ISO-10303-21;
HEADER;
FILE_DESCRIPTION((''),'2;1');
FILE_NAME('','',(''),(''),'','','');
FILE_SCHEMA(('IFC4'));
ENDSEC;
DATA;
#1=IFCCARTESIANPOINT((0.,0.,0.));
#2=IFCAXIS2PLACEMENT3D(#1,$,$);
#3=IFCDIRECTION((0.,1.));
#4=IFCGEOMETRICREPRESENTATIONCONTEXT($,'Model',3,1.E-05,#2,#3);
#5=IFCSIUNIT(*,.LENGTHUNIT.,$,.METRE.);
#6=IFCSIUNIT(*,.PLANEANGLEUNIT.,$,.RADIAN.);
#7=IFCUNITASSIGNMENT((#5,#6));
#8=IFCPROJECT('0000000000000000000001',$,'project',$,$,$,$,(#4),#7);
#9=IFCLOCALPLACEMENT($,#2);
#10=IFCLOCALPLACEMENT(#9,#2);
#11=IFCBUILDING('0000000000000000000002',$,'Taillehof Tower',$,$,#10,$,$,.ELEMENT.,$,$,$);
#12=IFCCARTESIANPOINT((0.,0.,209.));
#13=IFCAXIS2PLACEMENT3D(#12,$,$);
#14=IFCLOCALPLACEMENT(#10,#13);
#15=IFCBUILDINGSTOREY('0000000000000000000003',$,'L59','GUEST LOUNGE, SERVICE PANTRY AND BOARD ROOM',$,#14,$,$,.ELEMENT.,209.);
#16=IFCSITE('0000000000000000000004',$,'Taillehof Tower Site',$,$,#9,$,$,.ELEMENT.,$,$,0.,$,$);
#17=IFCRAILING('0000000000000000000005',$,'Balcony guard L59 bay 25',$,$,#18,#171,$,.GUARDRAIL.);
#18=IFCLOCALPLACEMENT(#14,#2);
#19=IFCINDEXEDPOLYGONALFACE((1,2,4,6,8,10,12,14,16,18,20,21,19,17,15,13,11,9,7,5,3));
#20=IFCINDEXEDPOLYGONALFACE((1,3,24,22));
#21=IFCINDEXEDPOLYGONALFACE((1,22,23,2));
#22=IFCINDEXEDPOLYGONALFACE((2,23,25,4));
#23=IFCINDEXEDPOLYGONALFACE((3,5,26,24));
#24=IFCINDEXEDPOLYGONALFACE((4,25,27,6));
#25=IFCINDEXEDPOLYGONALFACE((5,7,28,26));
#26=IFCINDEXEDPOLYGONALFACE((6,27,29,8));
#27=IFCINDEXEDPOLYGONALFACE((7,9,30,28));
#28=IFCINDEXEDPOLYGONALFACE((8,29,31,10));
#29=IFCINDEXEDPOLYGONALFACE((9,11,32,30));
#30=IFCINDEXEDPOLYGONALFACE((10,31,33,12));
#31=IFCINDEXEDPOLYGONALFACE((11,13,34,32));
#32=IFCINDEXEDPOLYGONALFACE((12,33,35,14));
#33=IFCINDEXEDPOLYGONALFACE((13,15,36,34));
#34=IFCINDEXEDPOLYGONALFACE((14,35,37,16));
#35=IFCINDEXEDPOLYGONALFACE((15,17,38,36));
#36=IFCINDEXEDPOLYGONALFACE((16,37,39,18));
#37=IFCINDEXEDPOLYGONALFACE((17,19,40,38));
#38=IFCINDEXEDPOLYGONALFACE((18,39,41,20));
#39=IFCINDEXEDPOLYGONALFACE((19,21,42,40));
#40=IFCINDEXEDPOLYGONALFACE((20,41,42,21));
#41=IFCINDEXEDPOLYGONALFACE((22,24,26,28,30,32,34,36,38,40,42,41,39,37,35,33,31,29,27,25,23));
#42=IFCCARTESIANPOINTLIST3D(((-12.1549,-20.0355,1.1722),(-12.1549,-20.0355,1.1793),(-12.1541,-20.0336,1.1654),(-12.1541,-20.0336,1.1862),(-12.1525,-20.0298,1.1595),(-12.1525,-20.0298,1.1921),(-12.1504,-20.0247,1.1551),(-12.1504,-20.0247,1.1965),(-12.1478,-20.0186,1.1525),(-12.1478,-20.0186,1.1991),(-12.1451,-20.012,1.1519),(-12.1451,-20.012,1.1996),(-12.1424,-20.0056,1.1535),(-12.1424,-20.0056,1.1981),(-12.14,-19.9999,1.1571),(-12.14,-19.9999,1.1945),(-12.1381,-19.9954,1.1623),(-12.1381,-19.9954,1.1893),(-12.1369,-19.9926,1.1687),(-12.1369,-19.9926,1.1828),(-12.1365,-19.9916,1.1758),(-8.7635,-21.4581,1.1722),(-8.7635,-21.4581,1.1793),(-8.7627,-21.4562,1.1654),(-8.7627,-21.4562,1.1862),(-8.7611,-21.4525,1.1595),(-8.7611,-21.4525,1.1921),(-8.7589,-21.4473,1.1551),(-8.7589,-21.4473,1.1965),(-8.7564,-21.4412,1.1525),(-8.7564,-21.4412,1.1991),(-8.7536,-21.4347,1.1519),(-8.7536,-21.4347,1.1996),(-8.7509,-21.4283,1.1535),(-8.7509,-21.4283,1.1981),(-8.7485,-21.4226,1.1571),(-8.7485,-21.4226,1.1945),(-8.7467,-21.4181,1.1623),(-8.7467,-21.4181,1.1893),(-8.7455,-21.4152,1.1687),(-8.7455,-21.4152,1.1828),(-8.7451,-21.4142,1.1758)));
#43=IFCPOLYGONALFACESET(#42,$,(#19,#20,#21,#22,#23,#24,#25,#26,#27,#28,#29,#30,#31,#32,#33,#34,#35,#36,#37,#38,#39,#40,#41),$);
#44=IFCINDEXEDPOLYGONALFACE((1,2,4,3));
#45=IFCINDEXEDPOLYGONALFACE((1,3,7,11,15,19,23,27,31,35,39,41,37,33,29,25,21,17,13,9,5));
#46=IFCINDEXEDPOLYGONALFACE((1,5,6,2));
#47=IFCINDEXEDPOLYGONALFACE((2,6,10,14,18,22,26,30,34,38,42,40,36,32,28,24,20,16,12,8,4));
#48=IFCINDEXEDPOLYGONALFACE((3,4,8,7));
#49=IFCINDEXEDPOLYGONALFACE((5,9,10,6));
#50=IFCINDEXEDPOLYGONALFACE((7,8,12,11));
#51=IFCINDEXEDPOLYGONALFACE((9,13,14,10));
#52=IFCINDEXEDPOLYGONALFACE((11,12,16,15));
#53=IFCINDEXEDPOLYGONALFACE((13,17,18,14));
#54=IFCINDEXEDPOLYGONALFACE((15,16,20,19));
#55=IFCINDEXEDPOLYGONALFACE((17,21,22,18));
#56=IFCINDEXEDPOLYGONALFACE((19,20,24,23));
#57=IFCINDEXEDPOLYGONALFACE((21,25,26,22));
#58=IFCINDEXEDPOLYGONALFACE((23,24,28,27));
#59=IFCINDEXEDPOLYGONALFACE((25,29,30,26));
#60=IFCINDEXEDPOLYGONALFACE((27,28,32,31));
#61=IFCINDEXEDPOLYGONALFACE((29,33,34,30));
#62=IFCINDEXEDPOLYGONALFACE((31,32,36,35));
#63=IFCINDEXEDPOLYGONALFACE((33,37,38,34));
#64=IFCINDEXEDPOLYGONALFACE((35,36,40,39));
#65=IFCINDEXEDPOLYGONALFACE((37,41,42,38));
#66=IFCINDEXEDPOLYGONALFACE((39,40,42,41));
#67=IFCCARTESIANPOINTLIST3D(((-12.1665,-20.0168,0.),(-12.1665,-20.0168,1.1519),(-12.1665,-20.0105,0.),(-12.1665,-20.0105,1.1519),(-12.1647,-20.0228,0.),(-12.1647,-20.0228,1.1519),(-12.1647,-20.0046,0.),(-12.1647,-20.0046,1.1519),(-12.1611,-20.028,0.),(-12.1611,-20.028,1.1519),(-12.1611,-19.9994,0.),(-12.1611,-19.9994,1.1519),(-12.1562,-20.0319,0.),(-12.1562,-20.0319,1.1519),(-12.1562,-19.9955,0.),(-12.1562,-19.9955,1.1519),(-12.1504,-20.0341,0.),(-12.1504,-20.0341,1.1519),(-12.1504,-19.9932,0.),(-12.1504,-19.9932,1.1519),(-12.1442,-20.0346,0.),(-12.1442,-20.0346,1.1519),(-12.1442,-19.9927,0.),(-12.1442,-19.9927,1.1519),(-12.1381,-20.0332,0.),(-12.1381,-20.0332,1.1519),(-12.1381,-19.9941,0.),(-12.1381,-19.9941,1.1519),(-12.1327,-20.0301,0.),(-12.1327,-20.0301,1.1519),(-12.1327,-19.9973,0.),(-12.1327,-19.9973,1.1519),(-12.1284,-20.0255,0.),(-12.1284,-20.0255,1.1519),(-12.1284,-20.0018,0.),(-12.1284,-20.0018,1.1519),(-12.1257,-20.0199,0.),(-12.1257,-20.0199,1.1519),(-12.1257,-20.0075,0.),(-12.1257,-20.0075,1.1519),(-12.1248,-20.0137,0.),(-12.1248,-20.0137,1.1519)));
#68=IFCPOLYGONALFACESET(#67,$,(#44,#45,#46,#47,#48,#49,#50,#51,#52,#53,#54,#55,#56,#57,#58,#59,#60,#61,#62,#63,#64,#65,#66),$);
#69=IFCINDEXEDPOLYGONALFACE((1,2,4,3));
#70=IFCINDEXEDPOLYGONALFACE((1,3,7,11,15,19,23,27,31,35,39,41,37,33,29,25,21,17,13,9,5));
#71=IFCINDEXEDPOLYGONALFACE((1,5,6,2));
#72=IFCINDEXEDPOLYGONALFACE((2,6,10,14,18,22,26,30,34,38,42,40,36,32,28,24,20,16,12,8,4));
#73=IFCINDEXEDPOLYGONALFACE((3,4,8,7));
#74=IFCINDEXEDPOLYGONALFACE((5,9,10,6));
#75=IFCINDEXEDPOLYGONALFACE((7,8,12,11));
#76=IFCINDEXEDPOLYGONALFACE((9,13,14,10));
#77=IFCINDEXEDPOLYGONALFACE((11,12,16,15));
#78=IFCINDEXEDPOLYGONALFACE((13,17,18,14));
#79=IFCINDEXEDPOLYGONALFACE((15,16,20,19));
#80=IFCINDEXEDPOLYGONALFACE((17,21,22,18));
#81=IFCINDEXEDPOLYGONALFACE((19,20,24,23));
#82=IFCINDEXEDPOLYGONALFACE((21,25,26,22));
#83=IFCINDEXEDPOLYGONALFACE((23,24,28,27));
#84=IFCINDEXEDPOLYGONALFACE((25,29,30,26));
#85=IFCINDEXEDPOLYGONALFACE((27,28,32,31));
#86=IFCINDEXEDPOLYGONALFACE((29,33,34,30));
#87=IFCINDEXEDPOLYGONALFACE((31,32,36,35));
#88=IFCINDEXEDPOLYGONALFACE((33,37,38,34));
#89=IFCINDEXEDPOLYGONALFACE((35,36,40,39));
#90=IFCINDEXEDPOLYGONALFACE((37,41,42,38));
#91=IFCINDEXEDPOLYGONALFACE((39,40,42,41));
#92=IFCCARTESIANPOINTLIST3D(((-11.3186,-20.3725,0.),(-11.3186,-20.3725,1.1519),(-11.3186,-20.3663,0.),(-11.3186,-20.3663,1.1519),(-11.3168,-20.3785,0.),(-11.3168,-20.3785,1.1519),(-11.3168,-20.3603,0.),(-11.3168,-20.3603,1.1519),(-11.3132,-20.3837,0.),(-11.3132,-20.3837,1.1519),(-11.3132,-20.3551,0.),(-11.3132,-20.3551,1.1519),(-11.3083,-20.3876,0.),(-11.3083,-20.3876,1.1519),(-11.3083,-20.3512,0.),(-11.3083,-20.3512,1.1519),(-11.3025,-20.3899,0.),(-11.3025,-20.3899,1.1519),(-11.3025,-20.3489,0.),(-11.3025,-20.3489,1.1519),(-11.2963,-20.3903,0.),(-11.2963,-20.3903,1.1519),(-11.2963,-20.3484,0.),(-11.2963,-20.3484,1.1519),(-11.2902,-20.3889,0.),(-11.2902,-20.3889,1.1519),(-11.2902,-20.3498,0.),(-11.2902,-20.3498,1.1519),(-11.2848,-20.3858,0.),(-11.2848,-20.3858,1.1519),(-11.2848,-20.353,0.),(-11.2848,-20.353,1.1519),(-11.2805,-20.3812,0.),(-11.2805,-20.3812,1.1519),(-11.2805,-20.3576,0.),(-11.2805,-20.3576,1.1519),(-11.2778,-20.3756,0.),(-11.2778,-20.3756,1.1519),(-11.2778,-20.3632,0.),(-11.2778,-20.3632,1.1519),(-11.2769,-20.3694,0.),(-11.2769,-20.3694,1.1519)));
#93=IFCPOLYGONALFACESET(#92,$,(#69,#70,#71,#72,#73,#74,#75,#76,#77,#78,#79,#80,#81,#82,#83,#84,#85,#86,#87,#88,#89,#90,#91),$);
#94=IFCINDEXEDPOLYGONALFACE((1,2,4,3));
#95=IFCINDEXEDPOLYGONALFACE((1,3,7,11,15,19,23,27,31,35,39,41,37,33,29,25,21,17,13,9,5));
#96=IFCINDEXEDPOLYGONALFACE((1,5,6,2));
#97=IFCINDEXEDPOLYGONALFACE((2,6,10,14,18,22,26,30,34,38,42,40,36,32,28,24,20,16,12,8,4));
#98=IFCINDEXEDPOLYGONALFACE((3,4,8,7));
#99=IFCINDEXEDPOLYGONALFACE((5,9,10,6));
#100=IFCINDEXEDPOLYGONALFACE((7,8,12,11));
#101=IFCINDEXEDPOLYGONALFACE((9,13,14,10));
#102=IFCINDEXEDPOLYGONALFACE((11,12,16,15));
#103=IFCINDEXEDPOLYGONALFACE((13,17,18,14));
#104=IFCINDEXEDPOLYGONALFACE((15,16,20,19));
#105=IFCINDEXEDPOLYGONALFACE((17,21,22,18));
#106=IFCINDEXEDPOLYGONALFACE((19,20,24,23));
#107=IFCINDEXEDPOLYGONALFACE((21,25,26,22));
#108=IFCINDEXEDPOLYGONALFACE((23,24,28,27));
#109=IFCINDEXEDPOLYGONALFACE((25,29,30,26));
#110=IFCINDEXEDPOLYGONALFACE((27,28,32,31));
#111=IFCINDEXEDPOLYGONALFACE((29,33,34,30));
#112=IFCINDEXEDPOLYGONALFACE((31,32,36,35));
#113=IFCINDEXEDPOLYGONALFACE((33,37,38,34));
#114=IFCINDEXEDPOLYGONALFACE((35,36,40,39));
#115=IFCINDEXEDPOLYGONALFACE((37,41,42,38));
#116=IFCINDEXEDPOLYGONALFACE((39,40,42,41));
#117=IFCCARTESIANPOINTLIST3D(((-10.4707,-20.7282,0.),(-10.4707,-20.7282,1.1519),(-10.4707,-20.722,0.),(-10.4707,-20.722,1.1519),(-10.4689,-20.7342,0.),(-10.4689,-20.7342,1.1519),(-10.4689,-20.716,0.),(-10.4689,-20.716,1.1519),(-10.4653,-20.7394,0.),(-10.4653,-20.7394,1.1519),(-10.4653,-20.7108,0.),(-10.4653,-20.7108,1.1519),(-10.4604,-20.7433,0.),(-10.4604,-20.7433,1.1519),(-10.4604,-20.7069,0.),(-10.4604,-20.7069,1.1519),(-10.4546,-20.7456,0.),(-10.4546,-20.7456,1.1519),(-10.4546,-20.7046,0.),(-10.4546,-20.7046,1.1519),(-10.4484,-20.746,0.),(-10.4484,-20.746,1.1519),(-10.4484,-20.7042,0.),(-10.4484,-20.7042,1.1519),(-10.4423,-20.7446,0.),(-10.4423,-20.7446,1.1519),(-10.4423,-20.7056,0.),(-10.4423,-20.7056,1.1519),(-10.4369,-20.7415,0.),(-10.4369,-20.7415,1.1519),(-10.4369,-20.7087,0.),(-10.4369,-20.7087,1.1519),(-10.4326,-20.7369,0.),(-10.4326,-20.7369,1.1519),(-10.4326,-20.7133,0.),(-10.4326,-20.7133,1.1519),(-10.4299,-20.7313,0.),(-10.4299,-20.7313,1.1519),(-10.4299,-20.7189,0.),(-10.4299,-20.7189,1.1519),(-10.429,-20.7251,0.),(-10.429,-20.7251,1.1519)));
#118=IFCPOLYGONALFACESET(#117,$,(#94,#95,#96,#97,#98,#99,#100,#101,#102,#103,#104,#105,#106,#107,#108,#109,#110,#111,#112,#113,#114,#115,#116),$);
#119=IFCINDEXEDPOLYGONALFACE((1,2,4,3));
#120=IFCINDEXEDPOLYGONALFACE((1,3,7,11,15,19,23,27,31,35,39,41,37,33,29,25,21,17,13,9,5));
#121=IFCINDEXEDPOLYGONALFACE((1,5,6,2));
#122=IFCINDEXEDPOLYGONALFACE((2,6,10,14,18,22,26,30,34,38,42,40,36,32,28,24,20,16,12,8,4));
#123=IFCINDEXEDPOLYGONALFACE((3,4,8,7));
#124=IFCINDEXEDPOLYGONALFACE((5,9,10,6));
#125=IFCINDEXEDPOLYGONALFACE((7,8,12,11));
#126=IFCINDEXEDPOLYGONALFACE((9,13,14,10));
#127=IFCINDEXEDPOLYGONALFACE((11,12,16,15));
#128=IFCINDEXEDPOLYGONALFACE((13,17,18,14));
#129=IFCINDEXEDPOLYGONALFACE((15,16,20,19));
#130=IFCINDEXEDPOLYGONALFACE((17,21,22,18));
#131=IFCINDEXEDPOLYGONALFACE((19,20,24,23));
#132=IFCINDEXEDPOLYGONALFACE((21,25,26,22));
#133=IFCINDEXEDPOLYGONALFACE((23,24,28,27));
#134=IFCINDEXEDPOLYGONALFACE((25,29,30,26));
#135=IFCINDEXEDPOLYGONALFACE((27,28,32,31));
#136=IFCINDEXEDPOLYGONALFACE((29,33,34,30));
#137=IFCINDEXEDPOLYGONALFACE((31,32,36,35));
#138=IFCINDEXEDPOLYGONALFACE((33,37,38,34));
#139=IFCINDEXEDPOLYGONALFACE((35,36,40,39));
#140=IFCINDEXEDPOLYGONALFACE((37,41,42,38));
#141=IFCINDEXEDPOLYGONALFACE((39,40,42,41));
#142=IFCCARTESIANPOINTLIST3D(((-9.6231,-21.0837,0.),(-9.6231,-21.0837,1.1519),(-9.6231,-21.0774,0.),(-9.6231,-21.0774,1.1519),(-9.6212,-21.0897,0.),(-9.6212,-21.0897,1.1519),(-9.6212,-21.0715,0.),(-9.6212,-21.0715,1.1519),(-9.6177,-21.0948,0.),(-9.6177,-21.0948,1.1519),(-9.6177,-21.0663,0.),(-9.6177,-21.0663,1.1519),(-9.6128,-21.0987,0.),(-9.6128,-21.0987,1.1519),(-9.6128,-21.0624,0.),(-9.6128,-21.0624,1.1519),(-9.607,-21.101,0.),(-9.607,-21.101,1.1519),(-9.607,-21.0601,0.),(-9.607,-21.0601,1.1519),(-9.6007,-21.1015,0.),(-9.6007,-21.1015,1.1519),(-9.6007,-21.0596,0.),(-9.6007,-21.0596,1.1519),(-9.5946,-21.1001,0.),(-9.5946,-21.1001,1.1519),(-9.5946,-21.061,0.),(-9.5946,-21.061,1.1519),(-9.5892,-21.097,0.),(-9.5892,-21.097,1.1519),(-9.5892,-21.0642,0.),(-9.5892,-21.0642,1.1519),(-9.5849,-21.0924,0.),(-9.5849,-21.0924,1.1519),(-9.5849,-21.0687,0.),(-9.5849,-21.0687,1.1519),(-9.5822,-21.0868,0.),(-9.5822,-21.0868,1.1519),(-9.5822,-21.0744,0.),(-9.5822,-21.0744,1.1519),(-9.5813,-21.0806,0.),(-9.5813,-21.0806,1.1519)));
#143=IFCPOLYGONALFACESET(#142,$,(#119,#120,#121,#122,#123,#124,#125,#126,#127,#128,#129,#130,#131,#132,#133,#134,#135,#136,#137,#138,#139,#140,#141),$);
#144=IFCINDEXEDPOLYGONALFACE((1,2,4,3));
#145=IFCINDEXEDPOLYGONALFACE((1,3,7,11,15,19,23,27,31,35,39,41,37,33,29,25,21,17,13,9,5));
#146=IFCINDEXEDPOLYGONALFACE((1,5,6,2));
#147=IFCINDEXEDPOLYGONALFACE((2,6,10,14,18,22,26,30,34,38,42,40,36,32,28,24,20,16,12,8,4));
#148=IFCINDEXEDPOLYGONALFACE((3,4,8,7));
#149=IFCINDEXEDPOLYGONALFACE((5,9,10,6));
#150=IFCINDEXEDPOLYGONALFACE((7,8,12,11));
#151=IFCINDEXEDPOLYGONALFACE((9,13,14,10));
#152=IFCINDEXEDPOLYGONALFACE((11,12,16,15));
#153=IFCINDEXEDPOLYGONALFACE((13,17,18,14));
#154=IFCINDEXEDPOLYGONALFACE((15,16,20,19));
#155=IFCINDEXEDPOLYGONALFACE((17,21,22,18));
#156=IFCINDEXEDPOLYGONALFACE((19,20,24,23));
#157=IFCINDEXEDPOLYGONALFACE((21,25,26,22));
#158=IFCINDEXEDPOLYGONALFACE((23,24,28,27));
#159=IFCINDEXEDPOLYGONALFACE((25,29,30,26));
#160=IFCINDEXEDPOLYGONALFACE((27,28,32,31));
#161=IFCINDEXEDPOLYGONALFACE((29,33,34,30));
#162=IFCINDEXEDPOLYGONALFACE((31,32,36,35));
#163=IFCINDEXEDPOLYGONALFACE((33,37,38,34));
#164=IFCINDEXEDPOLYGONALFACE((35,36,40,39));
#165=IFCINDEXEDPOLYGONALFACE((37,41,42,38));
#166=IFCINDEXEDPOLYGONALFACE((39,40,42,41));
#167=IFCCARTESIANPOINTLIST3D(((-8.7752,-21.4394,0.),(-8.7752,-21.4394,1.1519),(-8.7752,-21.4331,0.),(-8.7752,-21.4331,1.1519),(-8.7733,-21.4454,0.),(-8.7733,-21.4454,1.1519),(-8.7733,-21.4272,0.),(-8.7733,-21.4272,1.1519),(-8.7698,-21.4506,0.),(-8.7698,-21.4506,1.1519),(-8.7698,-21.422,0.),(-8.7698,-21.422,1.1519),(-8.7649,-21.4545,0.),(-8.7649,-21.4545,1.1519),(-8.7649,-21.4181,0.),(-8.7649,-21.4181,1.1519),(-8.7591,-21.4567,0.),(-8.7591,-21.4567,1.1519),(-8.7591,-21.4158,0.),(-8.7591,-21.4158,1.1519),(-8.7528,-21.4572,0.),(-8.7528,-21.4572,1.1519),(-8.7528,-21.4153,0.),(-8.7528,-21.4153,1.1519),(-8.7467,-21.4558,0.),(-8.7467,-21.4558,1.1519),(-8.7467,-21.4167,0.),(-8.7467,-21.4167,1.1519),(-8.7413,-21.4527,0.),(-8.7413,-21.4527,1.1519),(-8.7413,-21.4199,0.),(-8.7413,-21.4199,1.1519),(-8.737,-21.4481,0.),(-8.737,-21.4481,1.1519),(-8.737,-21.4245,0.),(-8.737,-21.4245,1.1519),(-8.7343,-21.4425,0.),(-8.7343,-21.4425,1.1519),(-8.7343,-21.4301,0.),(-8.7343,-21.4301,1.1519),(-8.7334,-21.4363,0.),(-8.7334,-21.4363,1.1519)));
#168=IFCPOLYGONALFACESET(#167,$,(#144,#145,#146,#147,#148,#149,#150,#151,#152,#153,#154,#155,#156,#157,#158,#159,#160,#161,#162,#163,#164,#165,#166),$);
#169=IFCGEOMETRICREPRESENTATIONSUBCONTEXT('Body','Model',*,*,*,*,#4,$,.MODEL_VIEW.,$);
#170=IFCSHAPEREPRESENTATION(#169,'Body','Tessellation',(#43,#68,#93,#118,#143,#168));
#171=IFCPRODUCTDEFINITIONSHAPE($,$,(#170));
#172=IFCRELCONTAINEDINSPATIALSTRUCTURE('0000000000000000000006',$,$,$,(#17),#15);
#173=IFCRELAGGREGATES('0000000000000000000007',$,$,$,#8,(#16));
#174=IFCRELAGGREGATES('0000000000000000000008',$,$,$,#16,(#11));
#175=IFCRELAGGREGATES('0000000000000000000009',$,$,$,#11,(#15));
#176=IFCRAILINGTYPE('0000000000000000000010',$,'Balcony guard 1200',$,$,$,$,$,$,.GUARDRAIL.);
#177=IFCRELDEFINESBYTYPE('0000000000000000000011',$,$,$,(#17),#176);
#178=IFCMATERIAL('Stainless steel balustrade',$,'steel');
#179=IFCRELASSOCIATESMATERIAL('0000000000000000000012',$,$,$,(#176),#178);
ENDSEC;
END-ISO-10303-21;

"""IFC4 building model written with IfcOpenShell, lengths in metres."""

from ifc_helpers import new_model, si_unit, direction, frame, origin, origin_2d, place, context, subcontext, project, spatial, circle, extrude, material, type_object, element, save


model = new_model("IFC4")

# Units and contexts
model_context = context("Model", 3, precision=1e-05, world=origin(), true_north=direction((0.0, 1.0)))
body_context = subcontext(model_context, "Body", "Model", "MODEL_VIEW")
ifc_project = project(units=[si_unit("LENGTHUNIT", "METRE"), si_unit("PLANEANGLEUNIT", "RADIAN")], contexts=[model_context])

# Site, building, storey
site_placement = place(None, origin())
site = spatial("IfcSite", under=ifc_project, at=site_placement, Name="Taillehof Tower Site", CompositionType="ELEMENT", RefElevation=0.0)
building_placement = place(site_placement, origin())
building = spatial("IfcBuilding", under=site, at=building_placement, Name="Taillehof Tower", CompositionType="ELEMENT")
storey_placement = place(building_placement, frame((0.0, 0.0, 209.0)))
storey = spatial("IfcBuildingStorey", under=building, at=storey_placement, Name="L59", Description="GUEST LOUNGE, SERVICE PANTRY AND BOARD ROOM", CompositionType="ELEMENT", Elevation=209.0)

# Railing
ifc_material_1 = material(Name="Stainless steel balustrade", Category="steel")
railing_type = type_object("IfcRailingType", Name="Balcony guard 1200", PredefinedType="GUARDRAIL", material=ifc_material_1)
railing_1_placement = place(storey_placement, frame((-12.1458, -20.0137, 0.0)))
element("IfcRailing", 1, at=railing_1_placement, inside=storey, type_object=railing_type, Name="Balcony guard L59 bay 25", PredefinedType="GUARDRAIL", context=body_context, shape_type="SweptSolid", body=[
    extrude(circle(Radius=0.0239, at=origin_2d()), frame((0.0, 0.0, 1.1758), z_axis=(0.922153, -0.386825, 0.0), x_axis=(0.386825, 0.922153, 0.0)), (0.0, 0.0, 1.0), 3.6777),
    extrude(circle(Radius=0.021, at=origin_2d()), origin(), (0.0, 0.0, 1.0), 1.1519),
    extrude(circle(Radius=0.021, at=origin_2d()), frame((0.8479, -0.3557, 0.0)), (0.0, 0.0, 1.0), 1.1519),
    extrude(circle(Radius=0.021, at=origin_2d()), frame((1.6958, -0.7114, 0.0)), (0.0, 0.0, 1.0), 1.1519),
    extrude(circle(Radius=0.021, at=origin_2d()), frame((2.5435, -1.0669, 0.0)), (0.0, 0.0, 1.0), 1.1519),
    extrude(circle(Radius=0.021, at=origin_2d()), frame((3.3914, -1.4226, 0.0)), (0.0, 0.0, 1.0), 1.1519),
])

save(model, "model.ifc")
